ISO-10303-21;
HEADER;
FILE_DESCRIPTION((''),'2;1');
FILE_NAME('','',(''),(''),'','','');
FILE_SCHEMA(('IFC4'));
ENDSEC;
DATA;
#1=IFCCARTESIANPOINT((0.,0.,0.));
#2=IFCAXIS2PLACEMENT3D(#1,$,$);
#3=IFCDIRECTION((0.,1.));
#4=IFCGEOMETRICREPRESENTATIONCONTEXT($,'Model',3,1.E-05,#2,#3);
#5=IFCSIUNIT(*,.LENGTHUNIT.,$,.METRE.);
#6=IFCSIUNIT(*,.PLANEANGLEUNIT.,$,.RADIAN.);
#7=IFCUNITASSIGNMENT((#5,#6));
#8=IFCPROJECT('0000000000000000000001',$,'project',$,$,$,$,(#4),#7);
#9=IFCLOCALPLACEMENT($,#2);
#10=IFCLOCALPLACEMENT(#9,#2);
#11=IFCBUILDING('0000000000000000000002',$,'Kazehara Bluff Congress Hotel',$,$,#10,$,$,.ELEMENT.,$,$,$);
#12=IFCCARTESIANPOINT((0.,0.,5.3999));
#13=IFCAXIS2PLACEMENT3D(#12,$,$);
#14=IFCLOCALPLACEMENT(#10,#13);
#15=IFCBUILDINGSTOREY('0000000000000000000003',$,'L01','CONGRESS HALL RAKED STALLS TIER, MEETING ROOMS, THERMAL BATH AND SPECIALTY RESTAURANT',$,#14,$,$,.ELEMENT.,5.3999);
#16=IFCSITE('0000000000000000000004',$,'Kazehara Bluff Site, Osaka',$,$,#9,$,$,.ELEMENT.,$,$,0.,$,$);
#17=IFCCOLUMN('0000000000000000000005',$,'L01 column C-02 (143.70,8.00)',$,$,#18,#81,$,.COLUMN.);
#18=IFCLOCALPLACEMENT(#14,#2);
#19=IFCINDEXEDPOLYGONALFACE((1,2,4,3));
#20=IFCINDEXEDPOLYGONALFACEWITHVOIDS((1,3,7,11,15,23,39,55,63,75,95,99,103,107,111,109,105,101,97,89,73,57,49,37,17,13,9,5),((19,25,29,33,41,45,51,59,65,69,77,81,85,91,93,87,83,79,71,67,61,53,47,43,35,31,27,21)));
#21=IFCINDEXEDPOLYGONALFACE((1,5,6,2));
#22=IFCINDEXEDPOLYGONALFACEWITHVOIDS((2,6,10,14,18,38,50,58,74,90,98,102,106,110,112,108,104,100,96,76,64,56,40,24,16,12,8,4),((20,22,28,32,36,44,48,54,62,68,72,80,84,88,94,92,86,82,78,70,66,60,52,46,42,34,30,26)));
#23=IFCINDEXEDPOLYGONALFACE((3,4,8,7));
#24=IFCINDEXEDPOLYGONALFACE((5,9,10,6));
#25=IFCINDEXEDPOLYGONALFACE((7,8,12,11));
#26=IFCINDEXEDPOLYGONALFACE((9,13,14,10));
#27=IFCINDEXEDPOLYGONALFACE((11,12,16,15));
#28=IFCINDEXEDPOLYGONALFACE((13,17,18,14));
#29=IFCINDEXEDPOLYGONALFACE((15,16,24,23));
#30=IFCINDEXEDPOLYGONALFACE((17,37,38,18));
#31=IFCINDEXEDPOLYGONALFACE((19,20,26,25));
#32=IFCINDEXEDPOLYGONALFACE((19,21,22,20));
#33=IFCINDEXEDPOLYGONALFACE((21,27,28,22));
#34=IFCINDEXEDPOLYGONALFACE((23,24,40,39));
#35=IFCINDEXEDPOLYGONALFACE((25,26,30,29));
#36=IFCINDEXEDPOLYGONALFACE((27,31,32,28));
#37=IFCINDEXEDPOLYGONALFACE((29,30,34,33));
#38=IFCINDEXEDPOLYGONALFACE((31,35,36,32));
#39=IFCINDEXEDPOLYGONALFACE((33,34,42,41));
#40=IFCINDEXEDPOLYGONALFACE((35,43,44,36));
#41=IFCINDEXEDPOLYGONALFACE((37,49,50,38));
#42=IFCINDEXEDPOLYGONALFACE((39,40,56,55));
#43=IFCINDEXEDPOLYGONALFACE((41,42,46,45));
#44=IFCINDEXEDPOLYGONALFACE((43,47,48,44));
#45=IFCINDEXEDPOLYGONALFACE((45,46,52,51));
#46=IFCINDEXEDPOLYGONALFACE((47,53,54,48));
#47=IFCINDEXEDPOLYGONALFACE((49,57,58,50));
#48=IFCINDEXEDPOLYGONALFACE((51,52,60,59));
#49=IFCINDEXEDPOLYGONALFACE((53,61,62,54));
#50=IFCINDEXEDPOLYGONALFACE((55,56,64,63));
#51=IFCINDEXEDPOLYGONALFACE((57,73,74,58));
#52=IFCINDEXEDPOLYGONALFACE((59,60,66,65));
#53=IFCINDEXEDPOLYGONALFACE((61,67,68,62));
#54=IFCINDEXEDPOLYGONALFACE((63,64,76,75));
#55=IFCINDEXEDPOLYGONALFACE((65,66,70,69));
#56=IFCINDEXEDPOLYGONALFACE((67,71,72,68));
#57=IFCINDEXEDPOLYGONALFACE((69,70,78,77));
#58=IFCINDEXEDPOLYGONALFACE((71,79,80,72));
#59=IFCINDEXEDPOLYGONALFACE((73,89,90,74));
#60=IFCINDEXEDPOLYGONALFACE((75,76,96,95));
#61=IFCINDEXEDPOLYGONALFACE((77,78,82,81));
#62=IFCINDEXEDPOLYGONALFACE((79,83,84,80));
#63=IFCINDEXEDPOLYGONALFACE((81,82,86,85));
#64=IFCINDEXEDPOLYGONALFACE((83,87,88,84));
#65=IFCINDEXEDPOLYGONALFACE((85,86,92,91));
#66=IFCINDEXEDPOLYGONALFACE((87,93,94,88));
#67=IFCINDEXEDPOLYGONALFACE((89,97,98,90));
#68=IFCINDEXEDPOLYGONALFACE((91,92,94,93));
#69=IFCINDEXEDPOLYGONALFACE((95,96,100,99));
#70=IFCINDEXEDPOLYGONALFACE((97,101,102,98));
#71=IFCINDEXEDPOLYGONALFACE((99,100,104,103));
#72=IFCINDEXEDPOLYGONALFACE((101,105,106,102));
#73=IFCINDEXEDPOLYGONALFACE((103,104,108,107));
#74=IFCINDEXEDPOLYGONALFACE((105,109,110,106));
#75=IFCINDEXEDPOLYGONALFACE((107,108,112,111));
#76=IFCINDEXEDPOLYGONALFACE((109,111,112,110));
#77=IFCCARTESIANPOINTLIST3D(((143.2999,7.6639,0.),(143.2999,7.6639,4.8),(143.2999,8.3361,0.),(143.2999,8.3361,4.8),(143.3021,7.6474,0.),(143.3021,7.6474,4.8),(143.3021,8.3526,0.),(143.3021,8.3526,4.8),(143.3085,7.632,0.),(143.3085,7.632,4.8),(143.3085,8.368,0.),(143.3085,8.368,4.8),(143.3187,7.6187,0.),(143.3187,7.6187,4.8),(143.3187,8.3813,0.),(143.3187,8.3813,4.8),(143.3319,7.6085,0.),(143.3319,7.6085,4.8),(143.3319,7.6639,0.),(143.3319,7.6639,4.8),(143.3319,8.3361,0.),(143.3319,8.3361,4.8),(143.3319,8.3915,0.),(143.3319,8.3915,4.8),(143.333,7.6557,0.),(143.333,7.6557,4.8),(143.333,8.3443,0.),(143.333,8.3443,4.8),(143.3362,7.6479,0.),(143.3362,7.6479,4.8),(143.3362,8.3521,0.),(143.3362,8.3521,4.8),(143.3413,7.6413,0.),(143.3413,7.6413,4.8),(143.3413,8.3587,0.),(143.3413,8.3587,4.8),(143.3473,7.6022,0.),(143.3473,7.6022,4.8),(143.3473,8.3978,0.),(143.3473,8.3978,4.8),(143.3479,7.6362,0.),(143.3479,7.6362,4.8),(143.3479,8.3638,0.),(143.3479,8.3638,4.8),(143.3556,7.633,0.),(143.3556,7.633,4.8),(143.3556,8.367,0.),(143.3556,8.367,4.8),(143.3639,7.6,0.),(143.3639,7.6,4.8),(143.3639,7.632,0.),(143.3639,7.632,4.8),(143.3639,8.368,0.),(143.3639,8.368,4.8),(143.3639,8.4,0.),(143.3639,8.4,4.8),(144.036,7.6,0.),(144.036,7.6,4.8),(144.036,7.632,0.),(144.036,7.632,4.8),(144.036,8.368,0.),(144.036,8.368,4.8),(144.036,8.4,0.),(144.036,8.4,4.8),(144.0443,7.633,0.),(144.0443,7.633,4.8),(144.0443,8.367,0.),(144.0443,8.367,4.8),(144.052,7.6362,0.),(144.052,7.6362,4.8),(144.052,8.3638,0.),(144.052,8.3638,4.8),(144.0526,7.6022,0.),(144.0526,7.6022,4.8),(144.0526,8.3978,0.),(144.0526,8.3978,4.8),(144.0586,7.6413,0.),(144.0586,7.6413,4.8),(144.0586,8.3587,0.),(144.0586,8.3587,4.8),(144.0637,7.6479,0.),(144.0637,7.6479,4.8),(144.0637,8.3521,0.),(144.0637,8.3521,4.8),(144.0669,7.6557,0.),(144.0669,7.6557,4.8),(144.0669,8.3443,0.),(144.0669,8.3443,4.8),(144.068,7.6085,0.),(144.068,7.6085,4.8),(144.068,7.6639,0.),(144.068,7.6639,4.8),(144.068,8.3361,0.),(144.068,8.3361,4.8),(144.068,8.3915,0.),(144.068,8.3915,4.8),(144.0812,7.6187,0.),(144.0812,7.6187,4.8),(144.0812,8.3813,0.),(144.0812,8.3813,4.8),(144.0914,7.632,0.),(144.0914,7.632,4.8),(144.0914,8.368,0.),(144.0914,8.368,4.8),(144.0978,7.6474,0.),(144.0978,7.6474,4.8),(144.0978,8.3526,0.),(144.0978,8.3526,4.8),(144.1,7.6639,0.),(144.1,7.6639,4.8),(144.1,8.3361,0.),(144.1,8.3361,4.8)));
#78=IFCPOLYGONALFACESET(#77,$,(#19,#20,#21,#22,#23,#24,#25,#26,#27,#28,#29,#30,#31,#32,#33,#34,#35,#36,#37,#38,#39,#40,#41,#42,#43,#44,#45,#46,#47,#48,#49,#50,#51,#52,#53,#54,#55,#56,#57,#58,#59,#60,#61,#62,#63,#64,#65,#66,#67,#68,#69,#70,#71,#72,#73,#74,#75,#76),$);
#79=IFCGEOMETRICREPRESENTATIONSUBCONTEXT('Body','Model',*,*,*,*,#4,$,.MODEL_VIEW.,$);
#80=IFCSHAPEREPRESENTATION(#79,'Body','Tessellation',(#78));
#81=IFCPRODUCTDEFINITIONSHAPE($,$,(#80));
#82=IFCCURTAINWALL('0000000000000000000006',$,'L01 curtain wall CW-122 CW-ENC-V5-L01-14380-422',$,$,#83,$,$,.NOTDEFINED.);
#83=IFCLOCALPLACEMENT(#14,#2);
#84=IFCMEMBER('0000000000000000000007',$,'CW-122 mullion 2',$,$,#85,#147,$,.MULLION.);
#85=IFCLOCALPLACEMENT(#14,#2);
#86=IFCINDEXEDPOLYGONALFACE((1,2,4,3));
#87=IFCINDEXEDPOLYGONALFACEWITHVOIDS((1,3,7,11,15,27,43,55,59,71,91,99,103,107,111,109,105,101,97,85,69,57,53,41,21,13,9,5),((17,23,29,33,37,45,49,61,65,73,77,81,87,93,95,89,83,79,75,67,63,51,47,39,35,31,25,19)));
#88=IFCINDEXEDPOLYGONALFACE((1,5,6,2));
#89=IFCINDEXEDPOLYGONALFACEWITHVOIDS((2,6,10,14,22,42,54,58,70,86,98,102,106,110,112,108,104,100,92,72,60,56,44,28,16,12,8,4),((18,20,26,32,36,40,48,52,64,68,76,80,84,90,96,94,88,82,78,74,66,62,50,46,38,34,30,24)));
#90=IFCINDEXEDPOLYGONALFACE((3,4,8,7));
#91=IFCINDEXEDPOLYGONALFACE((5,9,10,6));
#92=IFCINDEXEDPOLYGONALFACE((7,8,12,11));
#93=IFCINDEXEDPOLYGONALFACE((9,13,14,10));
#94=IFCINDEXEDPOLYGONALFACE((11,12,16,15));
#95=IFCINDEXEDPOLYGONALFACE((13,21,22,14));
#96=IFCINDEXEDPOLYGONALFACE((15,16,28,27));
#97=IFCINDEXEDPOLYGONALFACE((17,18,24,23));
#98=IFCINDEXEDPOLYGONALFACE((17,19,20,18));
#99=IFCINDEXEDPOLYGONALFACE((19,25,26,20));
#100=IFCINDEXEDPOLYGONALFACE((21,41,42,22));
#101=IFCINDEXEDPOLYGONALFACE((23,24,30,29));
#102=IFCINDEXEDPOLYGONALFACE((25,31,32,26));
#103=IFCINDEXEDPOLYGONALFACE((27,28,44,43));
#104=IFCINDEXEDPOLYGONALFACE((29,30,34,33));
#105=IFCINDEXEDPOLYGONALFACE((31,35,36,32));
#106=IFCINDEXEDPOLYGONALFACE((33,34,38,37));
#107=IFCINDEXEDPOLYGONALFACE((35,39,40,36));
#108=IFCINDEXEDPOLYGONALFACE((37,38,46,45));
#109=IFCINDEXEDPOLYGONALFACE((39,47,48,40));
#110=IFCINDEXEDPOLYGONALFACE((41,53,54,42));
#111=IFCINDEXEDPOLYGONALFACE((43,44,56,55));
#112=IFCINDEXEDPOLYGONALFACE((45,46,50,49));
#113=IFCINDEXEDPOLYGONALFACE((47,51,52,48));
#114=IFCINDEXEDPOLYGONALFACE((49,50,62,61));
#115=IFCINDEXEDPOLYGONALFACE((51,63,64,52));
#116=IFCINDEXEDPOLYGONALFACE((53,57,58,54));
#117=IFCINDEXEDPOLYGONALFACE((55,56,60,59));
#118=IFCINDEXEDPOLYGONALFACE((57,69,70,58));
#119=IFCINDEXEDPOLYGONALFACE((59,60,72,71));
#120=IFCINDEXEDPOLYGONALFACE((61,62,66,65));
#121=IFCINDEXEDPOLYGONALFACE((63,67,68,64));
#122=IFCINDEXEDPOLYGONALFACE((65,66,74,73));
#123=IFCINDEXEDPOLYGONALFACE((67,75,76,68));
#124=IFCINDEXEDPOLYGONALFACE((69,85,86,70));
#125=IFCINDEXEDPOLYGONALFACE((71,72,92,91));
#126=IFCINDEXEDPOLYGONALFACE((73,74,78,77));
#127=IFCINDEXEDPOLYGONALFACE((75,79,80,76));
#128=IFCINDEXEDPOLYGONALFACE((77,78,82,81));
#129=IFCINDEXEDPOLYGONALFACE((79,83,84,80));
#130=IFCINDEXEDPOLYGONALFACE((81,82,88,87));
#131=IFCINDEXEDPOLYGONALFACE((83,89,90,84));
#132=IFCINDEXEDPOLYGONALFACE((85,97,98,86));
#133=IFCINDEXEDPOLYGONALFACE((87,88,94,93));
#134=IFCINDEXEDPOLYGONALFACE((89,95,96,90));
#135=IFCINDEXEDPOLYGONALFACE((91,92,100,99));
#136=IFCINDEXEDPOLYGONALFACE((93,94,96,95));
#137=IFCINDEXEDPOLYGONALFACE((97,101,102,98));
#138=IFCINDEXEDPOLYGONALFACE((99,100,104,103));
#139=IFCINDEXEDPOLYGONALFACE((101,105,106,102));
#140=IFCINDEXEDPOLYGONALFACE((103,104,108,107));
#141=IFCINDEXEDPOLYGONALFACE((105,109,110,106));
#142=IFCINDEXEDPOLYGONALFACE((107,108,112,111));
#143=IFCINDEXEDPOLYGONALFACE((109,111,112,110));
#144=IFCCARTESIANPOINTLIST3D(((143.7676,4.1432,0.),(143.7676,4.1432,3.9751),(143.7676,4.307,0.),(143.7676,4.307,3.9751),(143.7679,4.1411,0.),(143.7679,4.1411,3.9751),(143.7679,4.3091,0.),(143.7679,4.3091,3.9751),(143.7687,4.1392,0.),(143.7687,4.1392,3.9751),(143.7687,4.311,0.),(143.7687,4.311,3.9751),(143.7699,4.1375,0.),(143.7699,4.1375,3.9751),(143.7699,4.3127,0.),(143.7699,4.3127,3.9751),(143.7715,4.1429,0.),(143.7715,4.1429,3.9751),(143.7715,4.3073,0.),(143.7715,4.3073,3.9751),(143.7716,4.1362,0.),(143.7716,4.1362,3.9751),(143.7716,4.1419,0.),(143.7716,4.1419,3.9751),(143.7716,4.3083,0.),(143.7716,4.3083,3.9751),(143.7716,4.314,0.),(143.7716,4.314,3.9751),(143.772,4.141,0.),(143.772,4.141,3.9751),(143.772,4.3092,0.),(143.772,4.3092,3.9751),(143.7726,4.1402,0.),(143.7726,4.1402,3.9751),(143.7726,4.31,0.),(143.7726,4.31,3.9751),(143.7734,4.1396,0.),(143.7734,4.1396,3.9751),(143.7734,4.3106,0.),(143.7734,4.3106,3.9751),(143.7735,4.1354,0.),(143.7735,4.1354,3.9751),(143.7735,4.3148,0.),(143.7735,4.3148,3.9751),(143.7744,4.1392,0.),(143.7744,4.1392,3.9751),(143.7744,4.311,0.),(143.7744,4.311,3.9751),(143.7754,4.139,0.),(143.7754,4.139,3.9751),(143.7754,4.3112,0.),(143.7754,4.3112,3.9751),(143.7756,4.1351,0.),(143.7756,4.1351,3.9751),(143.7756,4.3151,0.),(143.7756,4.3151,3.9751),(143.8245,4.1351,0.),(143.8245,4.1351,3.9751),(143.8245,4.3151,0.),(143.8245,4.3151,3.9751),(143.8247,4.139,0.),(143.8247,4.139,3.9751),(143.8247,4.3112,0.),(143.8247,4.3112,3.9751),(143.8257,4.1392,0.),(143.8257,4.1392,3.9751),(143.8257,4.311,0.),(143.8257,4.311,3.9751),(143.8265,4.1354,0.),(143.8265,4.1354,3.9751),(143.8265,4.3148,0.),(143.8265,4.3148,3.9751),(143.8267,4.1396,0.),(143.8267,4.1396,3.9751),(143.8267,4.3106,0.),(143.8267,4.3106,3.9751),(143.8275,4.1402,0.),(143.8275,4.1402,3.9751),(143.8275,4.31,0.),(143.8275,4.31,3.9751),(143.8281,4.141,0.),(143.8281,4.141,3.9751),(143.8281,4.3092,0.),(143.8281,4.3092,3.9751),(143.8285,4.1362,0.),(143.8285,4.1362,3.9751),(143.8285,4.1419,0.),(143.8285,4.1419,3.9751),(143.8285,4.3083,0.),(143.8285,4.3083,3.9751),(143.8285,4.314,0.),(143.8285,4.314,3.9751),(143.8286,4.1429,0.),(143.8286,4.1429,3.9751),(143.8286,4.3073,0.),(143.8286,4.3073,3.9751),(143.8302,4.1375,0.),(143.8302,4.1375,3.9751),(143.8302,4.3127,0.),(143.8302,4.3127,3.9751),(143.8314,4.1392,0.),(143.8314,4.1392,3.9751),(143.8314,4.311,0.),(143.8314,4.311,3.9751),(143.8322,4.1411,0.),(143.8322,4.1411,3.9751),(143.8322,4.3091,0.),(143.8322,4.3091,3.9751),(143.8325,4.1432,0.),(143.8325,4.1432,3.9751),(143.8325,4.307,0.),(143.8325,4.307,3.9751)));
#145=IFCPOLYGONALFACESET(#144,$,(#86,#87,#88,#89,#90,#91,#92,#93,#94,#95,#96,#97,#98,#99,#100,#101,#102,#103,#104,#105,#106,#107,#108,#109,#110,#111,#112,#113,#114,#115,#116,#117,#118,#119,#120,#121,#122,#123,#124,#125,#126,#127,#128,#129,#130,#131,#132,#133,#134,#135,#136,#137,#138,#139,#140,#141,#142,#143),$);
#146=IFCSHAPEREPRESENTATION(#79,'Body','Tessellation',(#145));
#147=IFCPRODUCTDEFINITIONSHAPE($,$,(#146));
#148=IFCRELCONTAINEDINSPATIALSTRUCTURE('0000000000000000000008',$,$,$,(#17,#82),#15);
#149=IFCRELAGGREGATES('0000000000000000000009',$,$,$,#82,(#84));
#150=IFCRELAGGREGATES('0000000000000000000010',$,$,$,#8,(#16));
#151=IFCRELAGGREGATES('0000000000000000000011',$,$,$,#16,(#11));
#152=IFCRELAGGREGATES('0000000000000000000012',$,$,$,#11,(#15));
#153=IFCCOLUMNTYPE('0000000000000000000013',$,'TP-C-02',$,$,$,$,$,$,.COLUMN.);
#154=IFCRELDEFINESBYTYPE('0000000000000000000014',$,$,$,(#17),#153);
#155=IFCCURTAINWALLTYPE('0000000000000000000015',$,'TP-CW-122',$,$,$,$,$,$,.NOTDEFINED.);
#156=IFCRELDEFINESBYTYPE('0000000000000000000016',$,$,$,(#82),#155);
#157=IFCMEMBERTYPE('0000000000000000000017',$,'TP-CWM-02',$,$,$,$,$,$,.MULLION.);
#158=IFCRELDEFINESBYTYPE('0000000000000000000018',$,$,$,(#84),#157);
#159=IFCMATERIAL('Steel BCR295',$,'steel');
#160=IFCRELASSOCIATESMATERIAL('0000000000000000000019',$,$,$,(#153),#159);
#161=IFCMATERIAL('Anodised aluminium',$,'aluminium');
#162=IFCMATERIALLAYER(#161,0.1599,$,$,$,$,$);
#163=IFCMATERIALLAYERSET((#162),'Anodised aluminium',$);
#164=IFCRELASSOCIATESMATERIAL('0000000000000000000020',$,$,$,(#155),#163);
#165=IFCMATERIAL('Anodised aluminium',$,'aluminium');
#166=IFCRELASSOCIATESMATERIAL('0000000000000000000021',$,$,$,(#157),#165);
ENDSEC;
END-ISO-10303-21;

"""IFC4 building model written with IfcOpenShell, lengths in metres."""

from ifc_helpers import new_model, si_unit, direction, frame, origin, origin_2d, place, context, subcontext, project, spatial, hollow_rectangle, extrude, material, layer, layer_set, material_profile, profile_set, type_object, element, aggregate, save


model = new_model("IFC4")

# Units and contexts
model_context = context("Model", 3, precision=1e-05, world=origin(), true_north=direction((0.0, 1.0)))
body_context = subcontext(model_context, "Body", "Model", "MODEL_VIEW")
ifc_project = project(units=[si_unit("LENGTHUNIT", "METRE"), si_unit("PLANEANGLEUNIT", "RADIAN")], contexts=[model_context])

# Site, building, storey
site_placement = place(None, origin())
site = spatial("IfcSite", under=ifc_project, at=site_placement, Name="Kazehara Bluff Site, Osaka", CompositionType="ELEMENT", RefElevation=0.0)
building_placement = place(site_placement, origin())
building = spatial("IfcBuilding", under=site, at=building_placement, Name="Kazehara Bluff Congress Hotel", CompositionType="ELEMENT")
storey_placement = place(building_placement, frame((0.0, 0.0, 5.3999)))
storey = spatial("IfcBuildingStorey", under=building, at=storey_placement, Name="L01", Description="CONGRESS HALL RAKED STALLS TIER, MEETING ROOMS, THERMAL BATH AND SPECIALTY RESTAURANT", CompositionType="ELEMENT", Elevation=5.3999)

# Column
ifc_material_1 = material(Name="Steel BCR295", Category="steel")
ifc_material_profile_1 = material_profile(ifc_material_1, hollow_rectangle(XDim=0.8, YDim=0.8, WallThickness=0.032, InnerFilletRadius=0.032, OuterFilletRadius=0.064, at=origin_2d()))
ifc_profile_set_1 = profile_set([ifc_material_profile_1], Name="Steel BCR295")
column_type = type_object("IfcColumnType", Name="TP-C-02", PredefinedType="COLUMN", material=ifc_profile_set_1)
column_placement = place(storey_placement, frame((143.7, 8.0, 0.0), z_axis=(0.0, 0.0, 1.0), x_axis=(1.0, 0.0, 0.0)))
element("IfcColumn", 1, at=column_placement, inside=storey, type_object=column_type, Name="L01 column C-02 (143.70,8.00)", PredefinedType="COLUMN", context=body_context, shape_type="SweptSolid", body=[
    extrude(hollow_rectangle(XDim=0.8, YDim=0.8, WallThickness=0.032, InnerFilletRadius=0.032, OuterFilletRadius=0.064, at=origin_2d()), origin(), (0.0, 0.0, 1.0), 4.8),
])

# Curtain wall, member
ifc_material_2 = material(Name="Anodised aluminium", Category="aluminium")
ifc_layer_1 = layer(ifc_material_2, 0.1599)
ifc_layer_set_1 = layer_set([ifc_layer_1], Name="Anodised aluminium")
curtain_wall_type_1 = type_object("IfcCurtainWallType", Name="TP-CW-122", PredefinedType="NOTDEFINED", material=ifc_layer_set_1)
curtain_wall_1_placement = place(storey_placement, origin())
curtain_wall_1 = element("IfcCurtainWall", 2, at=curtain_wall_1_placement, inside=storey, type_object=curtain_wall_type_1, Name="L01 curtain wall CW-122 CW-ENC-V5-L01-14380-422", PredefinedType="NOTDEFINED")
ifc_material_3 = material(Name="Anodised aluminium", Category="aluminium")
ifc_material_profile_2 = material_profile(ifc_material_3, hollow_rectangle(XDim=0.0649, YDim=0.1799, WallThickness=0.0039, InnerFilletRadius=0.0039, OuterFilletRadius=0.0081, at=origin_2d()))
ifc_profile_set_2 = profile_set([ifc_material_profile_2], Name="Anodised aluminium")
member_type_1 = type_object("IfcMemberType", Name="TP-CWM-02", PredefinedType="MULLION", material=ifc_profile_set_2)
member_1_placement = place(storey_placement, frame((143.8, 4.2251, 0.0), z_axis=(0.0, 0.0, 1.0), x_axis=(-1.0, 0.0, 0.0)))
member_1 = element("IfcMember", 3, at=member_1_placement, type_object=member_type_1, Name="CW-122 mullion 2", PredefinedType="MULLION", context=body_context, shape_type="SweptSolid", body=[
    extrude(hollow_rectangle(XDim=0.0649, YDim=0.1799, WallThickness=0.0039, InnerFilletRadius=0.0039, OuterFilletRadius=0.0081, at=origin_2d()), origin(), (0.0, 0.0, 1.0), 3.9751),
])

aggregate(curtain_wall_1, [member_1])

save(model, "model.ifc")
